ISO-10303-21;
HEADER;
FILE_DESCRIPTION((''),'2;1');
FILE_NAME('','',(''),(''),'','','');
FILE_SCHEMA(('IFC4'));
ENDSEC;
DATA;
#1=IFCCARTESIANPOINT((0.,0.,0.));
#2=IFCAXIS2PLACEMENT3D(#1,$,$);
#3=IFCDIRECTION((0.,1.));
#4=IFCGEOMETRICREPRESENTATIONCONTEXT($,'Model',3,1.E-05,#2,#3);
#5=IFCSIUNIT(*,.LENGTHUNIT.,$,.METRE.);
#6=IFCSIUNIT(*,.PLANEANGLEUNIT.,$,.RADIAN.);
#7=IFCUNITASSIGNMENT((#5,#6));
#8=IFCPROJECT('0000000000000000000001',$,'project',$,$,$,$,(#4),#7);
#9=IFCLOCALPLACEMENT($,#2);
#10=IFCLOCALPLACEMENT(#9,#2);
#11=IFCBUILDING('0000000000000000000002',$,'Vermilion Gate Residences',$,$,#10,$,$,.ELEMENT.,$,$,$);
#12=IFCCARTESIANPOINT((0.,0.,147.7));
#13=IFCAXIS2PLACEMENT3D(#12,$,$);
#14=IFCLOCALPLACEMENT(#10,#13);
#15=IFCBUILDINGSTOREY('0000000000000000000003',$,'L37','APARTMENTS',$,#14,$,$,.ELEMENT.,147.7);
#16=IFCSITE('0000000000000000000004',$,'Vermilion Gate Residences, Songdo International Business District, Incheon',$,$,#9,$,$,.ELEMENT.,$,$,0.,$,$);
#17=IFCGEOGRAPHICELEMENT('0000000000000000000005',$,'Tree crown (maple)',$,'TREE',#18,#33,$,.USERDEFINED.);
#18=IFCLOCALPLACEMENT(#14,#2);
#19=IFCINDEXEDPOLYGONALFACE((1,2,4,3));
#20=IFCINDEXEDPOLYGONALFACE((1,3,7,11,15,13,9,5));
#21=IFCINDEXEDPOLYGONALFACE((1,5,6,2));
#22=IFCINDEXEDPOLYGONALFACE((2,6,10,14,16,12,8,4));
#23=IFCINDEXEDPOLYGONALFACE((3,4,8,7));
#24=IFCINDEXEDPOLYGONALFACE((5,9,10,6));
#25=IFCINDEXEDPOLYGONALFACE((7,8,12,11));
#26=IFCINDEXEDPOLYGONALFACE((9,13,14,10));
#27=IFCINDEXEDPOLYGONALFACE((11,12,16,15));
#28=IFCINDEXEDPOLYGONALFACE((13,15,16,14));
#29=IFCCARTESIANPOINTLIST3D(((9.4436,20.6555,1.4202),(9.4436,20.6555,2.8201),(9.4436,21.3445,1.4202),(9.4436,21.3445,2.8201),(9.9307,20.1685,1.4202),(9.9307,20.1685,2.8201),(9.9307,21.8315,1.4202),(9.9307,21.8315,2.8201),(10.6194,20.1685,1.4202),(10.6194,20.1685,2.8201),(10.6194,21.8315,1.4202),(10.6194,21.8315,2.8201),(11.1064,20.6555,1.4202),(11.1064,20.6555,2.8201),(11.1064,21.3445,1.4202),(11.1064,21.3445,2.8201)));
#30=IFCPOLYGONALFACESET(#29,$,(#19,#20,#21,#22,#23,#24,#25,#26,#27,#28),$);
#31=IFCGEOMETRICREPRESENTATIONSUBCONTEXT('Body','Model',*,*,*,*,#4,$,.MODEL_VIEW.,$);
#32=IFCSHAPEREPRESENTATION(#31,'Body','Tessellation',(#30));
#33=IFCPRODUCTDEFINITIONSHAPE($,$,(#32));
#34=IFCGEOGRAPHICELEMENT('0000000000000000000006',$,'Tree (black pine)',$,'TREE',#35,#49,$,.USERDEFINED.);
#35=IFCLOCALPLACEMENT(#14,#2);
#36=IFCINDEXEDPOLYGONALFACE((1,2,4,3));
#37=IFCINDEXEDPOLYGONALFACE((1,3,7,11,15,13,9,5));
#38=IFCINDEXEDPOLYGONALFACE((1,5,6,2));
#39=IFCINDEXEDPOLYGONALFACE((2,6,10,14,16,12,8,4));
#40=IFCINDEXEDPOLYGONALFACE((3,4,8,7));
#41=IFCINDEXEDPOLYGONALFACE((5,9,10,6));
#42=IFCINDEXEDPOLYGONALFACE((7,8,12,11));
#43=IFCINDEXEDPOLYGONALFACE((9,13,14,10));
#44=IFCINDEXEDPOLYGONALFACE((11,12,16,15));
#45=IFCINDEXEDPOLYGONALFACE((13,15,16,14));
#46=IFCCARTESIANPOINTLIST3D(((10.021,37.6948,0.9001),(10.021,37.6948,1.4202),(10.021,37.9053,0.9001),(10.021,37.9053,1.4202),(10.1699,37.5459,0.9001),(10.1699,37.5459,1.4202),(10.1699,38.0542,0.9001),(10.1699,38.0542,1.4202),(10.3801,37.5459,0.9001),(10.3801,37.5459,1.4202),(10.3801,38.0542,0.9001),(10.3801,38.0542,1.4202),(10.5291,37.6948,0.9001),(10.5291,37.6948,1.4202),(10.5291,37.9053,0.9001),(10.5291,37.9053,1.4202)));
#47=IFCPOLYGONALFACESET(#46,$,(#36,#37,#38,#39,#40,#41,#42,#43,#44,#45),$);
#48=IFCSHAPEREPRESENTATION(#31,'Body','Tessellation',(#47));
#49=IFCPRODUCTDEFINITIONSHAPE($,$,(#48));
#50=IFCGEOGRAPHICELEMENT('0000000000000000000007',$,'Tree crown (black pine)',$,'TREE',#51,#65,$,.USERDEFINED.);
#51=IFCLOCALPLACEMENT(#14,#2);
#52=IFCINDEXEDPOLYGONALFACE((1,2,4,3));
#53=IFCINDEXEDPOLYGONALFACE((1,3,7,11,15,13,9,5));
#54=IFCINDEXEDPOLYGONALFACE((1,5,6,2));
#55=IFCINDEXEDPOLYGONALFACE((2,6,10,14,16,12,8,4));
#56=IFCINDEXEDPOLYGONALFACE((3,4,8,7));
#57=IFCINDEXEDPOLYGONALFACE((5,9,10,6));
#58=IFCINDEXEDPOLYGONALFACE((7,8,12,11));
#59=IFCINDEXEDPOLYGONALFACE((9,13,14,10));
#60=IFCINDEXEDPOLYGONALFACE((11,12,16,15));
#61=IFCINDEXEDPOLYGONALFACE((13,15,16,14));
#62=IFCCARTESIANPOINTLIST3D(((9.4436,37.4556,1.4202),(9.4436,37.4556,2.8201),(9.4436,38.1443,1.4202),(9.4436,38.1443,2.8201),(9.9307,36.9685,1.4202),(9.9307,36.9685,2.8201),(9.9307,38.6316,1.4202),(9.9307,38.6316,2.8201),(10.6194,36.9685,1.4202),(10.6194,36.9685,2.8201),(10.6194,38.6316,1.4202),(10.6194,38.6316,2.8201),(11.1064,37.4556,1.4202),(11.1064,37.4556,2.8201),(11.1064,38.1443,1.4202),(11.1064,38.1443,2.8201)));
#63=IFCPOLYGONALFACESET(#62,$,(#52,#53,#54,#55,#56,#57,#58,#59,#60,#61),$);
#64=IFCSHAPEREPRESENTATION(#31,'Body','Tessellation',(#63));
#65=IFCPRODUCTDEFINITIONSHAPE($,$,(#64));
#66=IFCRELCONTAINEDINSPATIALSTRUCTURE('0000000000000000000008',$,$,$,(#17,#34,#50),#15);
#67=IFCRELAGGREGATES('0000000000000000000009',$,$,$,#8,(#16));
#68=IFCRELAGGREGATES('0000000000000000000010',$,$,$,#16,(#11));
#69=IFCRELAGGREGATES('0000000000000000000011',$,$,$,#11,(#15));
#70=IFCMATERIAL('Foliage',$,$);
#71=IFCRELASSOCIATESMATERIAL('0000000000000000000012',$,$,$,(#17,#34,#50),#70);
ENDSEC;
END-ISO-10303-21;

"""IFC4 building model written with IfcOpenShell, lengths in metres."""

from ifc_helpers import new_model, si_unit, direction, frame, origin, place, context, subcontext, project, spatial, polyline, outline, extrude, material, element, save


model = new_model("IFC4")

# Units and contexts
model_context = context("Model", 3, precision=1e-05, world=origin(), true_north=direction((0.0, 1.0)))
body_context = subcontext(model_context, "Body", "Model", "MODEL_VIEW")
ifc_project = project(units=[si_unit("LENGTHUNIT", "METRE"), si_unit("PLANEANGLEUNIT", "RADIAN")], contexts=[model_context])

# Site, building, storey
site_placement = place(None, origin())
site = spatial("IfcSite", under=ifc_project, at=site_placement, Name="Vermilion Gate Residences, Songdo International Business District, Incheon", CompositionType="ELEMENT", RefElevation=0.0)
building_placement = place(site_placement, origin())
building = spatial("IfcBuilding", under=site, at=building_placement, Name="Vermilion Gate Residences", CompositionType="ELEMENT")
storey_placement = place(building_placement, frame((0.0, 0.0, 147.7)))
storey = spatial("IfcBuildingStorey", under=building, at=storey_placement, Name="L37", Description="APARTMENTS", CompositionType="ELEMENT", Elevation=147.7)

# Geographic elements
ifc_material_1 = material(Name="Foliage")
geographic_element_1_placement = place(storey_placement, frame((0.0, 0.0, 1.4202)))
element("IfcGeographicElement", 1, at=geographic_element_1_placement, inside=storey, material=ifc_material_1, Name="Tree crown (maple)", ObjectType="TREE", PredefinedType="USERDEFINED", context=body_context, shape_type="SweptSolid", body=[
    extrude(outline(polyline([(11.1064, 21.3445), (10.6194, 21.8315), (9.9307, 21.8315), (9.4436, 21.3445), (9.4436, 20.6555), (9.9307, 20.1685), (10.6194, 20.1685), (11.1064, 20.6555), (11.1064, 21.3445)])), origin(), (0.0, 0.0, 1.0), 1.3999),
])
geographic_element_2_placement = place(storey_placement, frame((0.0, 0.0, 0.9001)))
element("IfcGeographicElement", 2, at=geographic_element_2_placement, inside=storey, material=ifc_material_1, Name="Tree (black pine)", ObjectType="TREE", PredefinedType="USERDEFINED", context=body_context, shape_type="SweptSolid", body=[
    extrude(outline(polyline([(10.5291, 37.9053), (10.3801, 38.0542), (10.1699, 38.0542), (10.021, 37.9053), (10.021, 37.6948), (10.1699, 37.5459), (10.3801, 37.5459), (10.5291, 37.6948), (10.5291, 37.9053)])), origin(), (0.0, 0.0, 1.0), 0.52),
])
geographic_element_3_placement = place(storey_placement, frame((0.0, 0.0, 1.4202)))
element("IfcGeographicElement", 3, at=geographic_element_3_placement, inside=storey, material=ifc_material_1, Name="Tree crown (black pine)", ObjectType="TREE", PredefinedType="USERDEFINED", context=body_context, shape_type="SweptSolid", body=[
    extrude(outline(polyline([(11.1064, 38.1443), (10.6194, 38.6316), (9.9307, 38.6316), (9.4436, 38.1443), (9.4436, 37.4556), (9.9307, 36.9685), (10.6194, 36.9685), (11.1064, 37.4556), (11.1064, 38.1443)])), origin(), (0.0, 0.0, 1.0), 1.3999),
])

save(model, "model.ifc")
